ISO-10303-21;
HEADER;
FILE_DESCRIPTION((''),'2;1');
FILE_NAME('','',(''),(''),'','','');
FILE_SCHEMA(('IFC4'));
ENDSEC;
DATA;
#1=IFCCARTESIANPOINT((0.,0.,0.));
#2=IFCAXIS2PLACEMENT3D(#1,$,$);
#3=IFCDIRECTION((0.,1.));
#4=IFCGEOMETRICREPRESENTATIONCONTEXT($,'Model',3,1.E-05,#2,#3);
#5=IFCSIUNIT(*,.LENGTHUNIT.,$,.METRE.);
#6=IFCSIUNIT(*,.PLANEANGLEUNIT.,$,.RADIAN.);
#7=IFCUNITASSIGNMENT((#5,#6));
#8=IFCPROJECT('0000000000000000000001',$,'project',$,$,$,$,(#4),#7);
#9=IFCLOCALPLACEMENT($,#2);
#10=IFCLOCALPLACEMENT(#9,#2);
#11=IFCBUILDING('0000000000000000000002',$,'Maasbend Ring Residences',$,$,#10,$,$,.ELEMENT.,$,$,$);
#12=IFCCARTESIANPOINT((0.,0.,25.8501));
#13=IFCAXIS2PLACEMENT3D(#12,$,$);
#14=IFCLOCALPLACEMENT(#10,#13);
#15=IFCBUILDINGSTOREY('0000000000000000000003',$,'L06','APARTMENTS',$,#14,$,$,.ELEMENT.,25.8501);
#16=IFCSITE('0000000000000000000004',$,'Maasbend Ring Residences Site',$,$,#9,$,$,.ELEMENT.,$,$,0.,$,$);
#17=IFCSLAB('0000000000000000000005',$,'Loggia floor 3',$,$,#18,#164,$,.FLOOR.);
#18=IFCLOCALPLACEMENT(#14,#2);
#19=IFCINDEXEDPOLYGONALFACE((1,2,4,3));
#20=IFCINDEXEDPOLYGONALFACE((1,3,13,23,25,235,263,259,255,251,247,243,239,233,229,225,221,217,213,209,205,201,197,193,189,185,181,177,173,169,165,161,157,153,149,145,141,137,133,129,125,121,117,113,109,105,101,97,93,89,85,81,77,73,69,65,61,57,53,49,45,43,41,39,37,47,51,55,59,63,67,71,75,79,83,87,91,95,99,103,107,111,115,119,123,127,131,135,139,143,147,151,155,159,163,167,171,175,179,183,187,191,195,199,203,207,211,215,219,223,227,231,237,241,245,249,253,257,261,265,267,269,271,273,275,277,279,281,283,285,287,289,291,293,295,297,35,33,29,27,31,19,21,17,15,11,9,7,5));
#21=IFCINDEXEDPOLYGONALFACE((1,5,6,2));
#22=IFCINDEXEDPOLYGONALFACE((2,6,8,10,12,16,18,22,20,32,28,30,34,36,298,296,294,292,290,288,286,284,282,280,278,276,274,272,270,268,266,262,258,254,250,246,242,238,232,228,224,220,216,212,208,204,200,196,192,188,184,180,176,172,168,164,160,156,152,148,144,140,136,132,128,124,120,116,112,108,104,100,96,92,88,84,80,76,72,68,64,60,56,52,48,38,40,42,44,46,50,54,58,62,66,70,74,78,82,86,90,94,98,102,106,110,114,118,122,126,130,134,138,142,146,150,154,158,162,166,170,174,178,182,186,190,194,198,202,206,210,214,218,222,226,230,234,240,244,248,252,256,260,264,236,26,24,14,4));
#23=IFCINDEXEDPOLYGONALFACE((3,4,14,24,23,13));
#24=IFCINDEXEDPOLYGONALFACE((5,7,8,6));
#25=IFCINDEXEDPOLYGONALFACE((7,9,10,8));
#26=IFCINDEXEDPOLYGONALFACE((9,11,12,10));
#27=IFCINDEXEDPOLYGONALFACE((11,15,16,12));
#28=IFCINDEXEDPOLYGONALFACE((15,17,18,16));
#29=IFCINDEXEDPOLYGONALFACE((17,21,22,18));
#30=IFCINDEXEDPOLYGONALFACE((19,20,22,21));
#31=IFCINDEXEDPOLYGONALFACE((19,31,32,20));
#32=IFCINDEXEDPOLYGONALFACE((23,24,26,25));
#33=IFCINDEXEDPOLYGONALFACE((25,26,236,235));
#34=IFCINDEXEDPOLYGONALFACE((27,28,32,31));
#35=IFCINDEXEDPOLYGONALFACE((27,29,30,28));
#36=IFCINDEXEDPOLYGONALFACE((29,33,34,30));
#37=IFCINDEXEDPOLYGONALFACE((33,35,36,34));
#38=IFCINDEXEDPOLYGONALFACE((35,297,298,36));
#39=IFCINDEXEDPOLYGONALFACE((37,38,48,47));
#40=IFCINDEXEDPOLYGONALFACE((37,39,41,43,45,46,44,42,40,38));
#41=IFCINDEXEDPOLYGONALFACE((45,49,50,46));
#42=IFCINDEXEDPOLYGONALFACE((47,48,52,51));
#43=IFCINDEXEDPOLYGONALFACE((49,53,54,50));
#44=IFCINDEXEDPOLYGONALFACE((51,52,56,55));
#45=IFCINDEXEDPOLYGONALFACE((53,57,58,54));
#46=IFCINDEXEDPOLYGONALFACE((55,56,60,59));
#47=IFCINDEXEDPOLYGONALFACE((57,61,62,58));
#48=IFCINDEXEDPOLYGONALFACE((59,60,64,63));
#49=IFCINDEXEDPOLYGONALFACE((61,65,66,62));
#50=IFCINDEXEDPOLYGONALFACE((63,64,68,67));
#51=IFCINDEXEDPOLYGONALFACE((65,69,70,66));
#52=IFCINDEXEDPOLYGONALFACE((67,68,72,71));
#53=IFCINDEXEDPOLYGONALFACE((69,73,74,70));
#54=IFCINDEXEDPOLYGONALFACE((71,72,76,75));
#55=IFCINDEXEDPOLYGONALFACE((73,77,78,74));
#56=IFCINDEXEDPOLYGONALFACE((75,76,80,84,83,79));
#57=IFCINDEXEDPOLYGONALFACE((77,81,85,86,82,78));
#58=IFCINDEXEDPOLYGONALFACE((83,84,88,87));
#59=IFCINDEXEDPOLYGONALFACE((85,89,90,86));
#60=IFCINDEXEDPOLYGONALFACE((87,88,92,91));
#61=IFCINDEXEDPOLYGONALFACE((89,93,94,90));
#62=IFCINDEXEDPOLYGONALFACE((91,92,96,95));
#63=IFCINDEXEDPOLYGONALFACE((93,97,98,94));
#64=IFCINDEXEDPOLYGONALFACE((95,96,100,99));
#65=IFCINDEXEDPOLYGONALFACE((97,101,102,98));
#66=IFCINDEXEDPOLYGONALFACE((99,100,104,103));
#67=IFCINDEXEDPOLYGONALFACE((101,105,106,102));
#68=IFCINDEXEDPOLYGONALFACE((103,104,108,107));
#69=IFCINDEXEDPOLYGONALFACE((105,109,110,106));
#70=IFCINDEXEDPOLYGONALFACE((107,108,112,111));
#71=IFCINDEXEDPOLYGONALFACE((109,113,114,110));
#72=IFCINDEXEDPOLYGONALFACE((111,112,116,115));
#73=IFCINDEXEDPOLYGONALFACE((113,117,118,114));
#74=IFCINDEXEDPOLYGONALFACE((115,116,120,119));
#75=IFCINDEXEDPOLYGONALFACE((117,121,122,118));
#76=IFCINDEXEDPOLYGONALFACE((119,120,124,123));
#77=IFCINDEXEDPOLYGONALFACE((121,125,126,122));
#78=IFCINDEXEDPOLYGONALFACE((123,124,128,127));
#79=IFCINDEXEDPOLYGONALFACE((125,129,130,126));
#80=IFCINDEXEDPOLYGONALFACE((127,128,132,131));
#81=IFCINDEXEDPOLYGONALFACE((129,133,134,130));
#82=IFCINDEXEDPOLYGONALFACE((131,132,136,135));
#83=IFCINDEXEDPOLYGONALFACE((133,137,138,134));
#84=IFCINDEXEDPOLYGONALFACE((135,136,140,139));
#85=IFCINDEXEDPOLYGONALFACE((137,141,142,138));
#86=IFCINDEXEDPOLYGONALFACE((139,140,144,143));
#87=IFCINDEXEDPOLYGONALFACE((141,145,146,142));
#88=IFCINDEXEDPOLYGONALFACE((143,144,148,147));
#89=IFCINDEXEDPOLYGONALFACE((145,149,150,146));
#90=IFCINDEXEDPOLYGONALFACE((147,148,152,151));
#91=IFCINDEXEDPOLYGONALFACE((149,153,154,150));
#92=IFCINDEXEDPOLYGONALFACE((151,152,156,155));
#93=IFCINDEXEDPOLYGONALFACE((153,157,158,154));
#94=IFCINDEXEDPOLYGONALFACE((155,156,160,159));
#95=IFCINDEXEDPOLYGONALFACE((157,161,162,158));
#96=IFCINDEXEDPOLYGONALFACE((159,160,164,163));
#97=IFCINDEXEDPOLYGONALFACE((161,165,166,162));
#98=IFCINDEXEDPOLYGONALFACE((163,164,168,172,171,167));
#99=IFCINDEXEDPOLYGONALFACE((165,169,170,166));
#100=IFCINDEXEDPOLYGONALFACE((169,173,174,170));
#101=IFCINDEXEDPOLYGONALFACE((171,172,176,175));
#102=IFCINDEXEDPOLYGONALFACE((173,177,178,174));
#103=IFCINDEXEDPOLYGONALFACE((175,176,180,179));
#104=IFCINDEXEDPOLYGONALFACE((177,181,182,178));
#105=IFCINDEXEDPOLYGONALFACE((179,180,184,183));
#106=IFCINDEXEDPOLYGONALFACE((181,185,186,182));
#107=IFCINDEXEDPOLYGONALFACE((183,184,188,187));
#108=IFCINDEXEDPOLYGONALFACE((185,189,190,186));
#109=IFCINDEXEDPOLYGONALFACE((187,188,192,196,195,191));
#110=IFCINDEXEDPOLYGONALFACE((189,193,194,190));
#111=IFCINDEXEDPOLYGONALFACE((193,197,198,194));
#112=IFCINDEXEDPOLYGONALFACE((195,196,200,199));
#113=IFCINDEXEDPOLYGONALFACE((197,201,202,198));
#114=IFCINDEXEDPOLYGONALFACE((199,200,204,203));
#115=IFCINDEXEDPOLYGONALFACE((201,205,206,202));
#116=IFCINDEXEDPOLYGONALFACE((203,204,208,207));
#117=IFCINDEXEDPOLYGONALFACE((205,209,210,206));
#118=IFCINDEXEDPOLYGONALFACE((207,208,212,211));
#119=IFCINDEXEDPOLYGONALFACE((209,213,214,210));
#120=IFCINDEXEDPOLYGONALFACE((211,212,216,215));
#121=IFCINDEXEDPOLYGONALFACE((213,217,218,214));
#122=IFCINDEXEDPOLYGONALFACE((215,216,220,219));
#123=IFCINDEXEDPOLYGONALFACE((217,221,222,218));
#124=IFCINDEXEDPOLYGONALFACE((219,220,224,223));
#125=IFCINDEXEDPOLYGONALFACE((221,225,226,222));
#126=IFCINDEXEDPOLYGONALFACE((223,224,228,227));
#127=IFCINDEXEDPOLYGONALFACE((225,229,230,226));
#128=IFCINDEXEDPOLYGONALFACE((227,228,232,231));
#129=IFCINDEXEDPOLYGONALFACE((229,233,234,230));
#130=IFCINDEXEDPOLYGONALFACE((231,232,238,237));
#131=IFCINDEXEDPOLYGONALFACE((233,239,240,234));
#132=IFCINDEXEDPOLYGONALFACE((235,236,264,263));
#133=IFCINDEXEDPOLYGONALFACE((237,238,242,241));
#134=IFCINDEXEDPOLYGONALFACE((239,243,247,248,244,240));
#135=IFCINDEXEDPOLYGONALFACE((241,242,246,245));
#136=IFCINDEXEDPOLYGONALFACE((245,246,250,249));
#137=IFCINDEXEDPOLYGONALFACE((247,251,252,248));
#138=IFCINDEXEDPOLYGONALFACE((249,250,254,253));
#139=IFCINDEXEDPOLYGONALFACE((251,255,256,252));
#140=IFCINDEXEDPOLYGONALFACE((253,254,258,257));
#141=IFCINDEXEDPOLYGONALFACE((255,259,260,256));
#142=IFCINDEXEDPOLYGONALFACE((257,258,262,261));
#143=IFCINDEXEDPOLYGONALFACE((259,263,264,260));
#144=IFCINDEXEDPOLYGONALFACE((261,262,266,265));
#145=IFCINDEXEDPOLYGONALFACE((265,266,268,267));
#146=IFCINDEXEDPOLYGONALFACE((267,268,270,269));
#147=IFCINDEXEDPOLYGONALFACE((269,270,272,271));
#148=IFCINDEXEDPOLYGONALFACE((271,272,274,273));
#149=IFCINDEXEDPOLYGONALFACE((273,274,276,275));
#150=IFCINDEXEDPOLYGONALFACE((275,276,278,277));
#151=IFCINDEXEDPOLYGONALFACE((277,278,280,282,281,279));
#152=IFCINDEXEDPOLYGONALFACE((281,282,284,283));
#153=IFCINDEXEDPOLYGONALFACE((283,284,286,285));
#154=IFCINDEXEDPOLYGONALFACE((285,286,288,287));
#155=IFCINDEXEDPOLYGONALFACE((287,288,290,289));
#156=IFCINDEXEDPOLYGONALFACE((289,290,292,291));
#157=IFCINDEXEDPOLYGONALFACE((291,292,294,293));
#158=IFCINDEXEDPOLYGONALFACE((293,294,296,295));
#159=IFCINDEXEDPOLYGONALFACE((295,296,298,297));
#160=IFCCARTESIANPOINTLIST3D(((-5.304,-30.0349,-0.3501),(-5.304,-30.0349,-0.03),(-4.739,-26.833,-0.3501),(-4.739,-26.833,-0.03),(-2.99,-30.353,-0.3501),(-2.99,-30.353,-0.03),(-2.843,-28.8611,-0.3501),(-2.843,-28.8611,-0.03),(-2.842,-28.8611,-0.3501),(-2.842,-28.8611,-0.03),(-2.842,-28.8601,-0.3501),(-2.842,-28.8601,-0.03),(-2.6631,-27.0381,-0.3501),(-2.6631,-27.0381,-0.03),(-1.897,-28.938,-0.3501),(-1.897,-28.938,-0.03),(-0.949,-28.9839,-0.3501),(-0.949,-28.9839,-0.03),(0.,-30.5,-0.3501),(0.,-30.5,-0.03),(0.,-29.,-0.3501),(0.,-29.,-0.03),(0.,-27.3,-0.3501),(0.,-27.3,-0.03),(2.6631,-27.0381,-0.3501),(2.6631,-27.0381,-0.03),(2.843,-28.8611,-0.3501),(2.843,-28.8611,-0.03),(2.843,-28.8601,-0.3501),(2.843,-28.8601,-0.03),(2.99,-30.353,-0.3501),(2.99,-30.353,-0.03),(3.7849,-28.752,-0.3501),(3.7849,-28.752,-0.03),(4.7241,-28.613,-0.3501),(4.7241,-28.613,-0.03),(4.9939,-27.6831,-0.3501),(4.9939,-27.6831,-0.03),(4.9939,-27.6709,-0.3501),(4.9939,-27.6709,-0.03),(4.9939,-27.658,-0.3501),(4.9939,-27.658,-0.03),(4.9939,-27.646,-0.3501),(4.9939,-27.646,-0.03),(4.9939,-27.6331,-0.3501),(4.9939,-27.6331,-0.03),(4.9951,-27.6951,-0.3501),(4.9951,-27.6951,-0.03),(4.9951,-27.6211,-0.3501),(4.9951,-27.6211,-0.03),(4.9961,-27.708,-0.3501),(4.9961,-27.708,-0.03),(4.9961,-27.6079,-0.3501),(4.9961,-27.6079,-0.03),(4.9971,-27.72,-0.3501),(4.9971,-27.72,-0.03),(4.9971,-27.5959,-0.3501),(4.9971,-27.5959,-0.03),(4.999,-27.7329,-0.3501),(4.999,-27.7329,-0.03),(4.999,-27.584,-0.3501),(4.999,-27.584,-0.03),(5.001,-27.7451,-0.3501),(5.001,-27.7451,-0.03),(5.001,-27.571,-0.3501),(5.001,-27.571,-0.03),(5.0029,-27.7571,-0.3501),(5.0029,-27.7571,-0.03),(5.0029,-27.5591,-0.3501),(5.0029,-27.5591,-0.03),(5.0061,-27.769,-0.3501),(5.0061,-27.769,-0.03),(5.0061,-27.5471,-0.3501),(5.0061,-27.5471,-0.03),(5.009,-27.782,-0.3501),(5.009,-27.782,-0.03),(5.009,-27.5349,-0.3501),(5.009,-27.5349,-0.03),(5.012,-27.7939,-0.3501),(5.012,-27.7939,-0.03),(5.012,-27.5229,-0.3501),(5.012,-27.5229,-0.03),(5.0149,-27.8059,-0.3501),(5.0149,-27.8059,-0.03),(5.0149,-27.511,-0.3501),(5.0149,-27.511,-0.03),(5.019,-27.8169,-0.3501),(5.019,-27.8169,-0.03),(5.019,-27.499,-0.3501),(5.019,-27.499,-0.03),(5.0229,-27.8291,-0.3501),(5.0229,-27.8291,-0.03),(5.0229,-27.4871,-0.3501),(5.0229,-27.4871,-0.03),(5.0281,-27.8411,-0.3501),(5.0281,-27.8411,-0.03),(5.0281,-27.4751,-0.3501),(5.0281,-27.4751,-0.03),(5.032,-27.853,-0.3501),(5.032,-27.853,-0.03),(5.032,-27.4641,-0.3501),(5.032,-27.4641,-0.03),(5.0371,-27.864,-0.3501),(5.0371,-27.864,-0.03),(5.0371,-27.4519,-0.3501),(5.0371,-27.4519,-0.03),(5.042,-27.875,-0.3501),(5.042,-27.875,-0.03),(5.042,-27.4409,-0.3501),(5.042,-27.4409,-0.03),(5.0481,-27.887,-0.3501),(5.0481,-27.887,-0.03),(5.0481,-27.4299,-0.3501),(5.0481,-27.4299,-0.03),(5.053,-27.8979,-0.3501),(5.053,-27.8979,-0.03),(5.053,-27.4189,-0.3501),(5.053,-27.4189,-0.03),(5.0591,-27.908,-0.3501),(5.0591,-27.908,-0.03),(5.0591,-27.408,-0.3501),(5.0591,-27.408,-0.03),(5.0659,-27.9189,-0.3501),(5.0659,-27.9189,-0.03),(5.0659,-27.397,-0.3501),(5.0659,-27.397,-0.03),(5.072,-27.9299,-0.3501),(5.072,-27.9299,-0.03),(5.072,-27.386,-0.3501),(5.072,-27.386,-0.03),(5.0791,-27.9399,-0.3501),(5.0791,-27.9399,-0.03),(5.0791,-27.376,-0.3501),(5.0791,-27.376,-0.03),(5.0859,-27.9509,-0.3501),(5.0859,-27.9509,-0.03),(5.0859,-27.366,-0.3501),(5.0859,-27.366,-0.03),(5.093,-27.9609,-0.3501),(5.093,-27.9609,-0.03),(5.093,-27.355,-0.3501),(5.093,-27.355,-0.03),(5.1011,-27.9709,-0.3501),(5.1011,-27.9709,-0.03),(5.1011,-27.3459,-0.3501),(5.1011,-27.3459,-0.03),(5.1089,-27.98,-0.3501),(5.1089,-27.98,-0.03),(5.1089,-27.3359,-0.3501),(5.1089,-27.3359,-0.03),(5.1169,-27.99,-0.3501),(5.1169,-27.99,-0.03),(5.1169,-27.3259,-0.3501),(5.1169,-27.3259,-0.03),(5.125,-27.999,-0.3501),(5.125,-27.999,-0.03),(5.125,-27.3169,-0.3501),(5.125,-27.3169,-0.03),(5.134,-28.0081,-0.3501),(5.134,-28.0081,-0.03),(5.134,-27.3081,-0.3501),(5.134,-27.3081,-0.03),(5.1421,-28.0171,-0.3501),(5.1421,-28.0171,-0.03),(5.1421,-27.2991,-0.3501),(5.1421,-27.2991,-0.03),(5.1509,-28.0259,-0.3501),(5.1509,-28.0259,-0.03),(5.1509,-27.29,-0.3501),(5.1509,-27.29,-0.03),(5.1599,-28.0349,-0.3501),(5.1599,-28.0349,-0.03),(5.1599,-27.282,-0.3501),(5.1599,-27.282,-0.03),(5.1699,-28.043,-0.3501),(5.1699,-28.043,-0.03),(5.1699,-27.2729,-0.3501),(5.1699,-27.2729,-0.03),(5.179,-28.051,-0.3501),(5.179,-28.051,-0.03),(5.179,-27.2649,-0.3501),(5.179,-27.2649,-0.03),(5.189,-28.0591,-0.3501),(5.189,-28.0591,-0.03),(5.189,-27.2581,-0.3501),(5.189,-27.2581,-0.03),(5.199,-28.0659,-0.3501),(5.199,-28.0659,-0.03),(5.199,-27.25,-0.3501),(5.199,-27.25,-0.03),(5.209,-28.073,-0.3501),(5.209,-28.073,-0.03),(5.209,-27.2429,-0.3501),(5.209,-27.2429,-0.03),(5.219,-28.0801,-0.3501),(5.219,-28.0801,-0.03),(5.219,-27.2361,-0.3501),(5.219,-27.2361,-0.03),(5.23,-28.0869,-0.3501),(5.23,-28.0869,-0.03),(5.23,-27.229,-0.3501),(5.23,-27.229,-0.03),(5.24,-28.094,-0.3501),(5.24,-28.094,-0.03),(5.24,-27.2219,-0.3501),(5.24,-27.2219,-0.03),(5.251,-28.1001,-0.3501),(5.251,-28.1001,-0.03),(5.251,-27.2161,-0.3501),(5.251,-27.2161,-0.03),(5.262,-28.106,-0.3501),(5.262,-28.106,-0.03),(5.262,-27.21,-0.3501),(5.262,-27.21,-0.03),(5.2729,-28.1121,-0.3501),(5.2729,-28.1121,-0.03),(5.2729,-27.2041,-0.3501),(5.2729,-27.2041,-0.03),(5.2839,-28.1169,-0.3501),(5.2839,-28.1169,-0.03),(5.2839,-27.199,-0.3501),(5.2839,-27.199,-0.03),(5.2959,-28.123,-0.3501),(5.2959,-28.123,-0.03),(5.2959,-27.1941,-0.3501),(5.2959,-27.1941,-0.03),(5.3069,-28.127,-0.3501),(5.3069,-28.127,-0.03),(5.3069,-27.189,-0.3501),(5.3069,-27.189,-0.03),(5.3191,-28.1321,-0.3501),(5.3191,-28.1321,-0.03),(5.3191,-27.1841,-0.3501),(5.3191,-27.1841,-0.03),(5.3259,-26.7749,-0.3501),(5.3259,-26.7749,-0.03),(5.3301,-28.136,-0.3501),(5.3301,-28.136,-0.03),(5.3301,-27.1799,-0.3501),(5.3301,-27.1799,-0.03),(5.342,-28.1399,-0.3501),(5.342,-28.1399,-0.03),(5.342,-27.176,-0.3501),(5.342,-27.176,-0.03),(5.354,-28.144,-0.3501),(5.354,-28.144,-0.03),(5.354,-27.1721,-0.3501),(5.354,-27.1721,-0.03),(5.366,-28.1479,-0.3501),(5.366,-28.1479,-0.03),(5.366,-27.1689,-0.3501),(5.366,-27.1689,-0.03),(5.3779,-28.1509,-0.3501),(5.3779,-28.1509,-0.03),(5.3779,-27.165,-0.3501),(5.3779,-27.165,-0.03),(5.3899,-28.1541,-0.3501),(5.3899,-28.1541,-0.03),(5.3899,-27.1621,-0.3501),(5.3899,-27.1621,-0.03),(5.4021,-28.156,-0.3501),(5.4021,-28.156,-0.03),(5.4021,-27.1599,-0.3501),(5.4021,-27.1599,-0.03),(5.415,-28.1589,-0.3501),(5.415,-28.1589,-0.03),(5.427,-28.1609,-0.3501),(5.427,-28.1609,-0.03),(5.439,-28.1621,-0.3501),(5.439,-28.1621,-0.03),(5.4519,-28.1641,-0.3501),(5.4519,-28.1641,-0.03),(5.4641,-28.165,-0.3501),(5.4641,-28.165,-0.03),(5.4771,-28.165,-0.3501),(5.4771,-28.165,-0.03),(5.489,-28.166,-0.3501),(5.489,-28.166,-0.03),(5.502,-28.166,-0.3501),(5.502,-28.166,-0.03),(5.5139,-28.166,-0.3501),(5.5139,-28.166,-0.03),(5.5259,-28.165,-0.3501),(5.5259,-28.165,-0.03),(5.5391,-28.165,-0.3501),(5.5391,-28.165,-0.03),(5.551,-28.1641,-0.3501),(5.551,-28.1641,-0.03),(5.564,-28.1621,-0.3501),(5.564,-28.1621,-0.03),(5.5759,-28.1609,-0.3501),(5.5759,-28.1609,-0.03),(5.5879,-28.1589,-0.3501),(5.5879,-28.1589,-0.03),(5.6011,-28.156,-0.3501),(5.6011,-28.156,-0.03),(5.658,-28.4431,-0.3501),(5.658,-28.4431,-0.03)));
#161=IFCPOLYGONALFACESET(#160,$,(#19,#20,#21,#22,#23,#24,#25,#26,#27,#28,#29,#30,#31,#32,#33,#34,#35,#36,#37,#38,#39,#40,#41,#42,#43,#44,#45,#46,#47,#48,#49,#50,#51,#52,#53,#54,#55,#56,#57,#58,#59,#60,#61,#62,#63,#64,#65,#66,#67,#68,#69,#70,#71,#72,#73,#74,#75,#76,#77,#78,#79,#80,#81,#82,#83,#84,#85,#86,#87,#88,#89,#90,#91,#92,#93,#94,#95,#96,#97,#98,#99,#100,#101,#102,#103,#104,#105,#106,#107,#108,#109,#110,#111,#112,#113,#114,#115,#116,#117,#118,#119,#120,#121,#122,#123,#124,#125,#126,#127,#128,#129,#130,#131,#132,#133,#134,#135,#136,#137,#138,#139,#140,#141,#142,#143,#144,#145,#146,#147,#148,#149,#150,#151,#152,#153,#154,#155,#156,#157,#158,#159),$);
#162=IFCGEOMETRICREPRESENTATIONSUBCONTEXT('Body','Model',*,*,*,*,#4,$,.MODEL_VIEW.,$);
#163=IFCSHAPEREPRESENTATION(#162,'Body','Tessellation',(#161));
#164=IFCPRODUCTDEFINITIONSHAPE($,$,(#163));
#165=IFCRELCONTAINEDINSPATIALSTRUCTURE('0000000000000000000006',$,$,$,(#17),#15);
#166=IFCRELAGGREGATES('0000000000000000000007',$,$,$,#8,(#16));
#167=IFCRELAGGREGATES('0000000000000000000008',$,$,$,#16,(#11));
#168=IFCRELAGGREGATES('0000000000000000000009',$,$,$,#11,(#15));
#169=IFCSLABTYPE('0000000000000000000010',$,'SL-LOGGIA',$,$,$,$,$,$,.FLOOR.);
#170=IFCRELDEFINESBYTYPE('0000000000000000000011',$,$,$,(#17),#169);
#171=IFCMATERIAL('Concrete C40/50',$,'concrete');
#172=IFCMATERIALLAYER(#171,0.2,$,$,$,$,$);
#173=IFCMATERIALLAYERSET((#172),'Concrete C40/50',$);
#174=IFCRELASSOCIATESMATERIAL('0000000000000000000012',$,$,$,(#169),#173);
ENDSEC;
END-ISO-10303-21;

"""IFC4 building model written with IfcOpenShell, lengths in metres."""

from ifc_helpers import new_model, si_unit, direction, frame, origin, place, context, subcontext, project, spatial, polyline, outline, extrude, material, layer, layer_set, type_object, element, save


model = new_model("IFC4")

# Units and contexts
model_context = context("Model", 3, precision=1e-05, world=origin(), true_north=direction((0.0, 1.0)))
body_context = subcontext(model_context, "Body", "Model", "MODEL_VIEW")
ifc_project = project(units=[si_unit("LENGTHUNIT", "METRE"), si_unit("PLANEANGLEUNIT", "RADIAN")], contexts=[model_context])

# Site, building, storey
site_placement = place(None, origin())
site = spatial("IfcSite", under=ifc_project, at=site_placement, Name="Maasbend Ring Residences Site", CompositionType="ELEMENT", RefElevation=0.0)
building_placement = place(site_placement, origin())
building = spatial("IfcBuilding", under=site, at=building_placement, Name="Maasbend Ring Residences", CompositionType="ELEMENT")
storey_placement = place(building_placement, frame((0.0, 0.0, 25.8501)))
storey = spatial("IfcBuildingStorey", under=building, at=storey_placement, Name="L06", Description="APARTMENTS", CompositionType="ELEMENT", Elevation=25.8501)

# Slab
ifc_material_1 = material(Name="Concrete C40/50", Category="concrete")
ifc_layer_1 = layer(ifc_material_1, 0.2)
ifc_layer_set_1 = layer_set([ifc_layer_1], Name="Concrete C40/50")
slab_type_1 = type_object("IfcSlabType", Name="SL-LOGGIA", PredefinedType="FLOOR", material=ifc_layer_set_1)
slab_1_placement = place(storey_placement, frame((0.0, 0.0, -0.3501)))
element("IfcSlab", 1, at=slab_1_placement, inside=storey, type_object=slab_type_1, Name="Loggia floor 3", PredefinedType="FLOOR", context=body_context, shape_type="SweptSolid", body=[
    extrude(outline(polyline([(-2.6631, -27.0381), (0.0, -27.3), (0.0, -27.3), (0.0, -27.3), (2.6631, -27.0381), (5.3259, -26.7749), (5.3259, -26.7749), (5.3259, -26.7749), (5.4021, -27.1599), (5.4021, -27.1599), (5.3899, -27.1621), (5.3779, -27.165), (5.366, -27.1689), (5.354, -27.1721), (5.342, -27.176), (5.3301, -27.1799), (5.3191, -27.1841), (5.3069, -27.189), (5.2959, -27.1941), (5.2839, -27.199), (5.2729, -27.2041), (5.262, -27.21), (5.251, -27.2161), (5.24, -27.2219), (5.23, -27.229), (5.219, -27.2361), (5.209, -27.2429), (5.199, -27.25), (5.189, -27.2581), (5.179, -27.2649), (5.1699, -27.2729), (5.1599, -27.282), (5.1509, -27.29), (5.1421, -27.2991), (5.134, -27.3081), (5.125, -27.3169), (5.1169, -27.3259), (5.1089, -27.3359), (5.1011, -27.3459), (5.093, -27.355), (5.0859, -27.366), (5.0791, -27.376), (5.072, -27.386), (5.0659, -27.397), (5.0591, -27.408), (5.053, -27.4189), (5.0481, -27.4299), (5.042, -27.4409), (5.0371, -27.4519), (5.032, -27.4641), (5.0281, -27.4751), (5.0229, -27.4871), (5.019, -27.499), (5.0149, -27.511), (5.012, -27.5229), (5.009, -27.5349), (5.0061, -27.5471), (5.0029, -27.5591), (5.001, -27.571), (4.999, -27.584), (4.9971, -27.5959), (4.9961, -27.6079), (4.9951, -27.6211), (4.9939, -27.6331), (4.9939, -27.646), (4.9939, -27.658), (4.9939, -27.6709), (4.9939, -27.6831), (4.9951, -27.6951), (4.9961, -27.708), (4.9971, -27.72), (4.999, -27.7329), (5.001, -27.7451), (5.0029, -27.7571), (5.0061, -27.769), (5.009, -27.782), (5.012, -27.7939), (5.0149, -27.8059), (5.019, -27.8169), (5.0229, -27.8291), (5.0281, -27.8411), (5.032, -27.853), (5.0371, -27.864), (5.042, -27.875), (5.0481, -27.887), (5.053, -27.8979), (5.0591, -27.908), (5.0659, -27.9189), (5.072, -27.9299), (5.0791, -27.9399), (5.0859, -27.9509), (5.093, -27.9609), (5.1011, -27.9709), (5.1089, -27.98), (5.1169, -27.99), (5.125, -27.999), (5.134, -28.0081), (5.1421, -28.0171), (5.1509, -28.0259), (5.1599, -28.0349), (5.1699, -28.043), (5.179, -28.051), (5.189, -28.0591), (5.199, -28.0659), (5.209, -28.073), (5.219, -28.0801), (5.23, -28.0869), (5.24, -28.094), (5.251, -28.1001), (5.262, -28.106), (5.2729, -28.1121), (5.2839, -28.1169), (5.2959, -28.123), (5.3069, -28.127), (5.3191, -28.1321), (5.3301, -28.136), (5.342, -28.1399), (5.354, -28.144), (5.366, -28.1479), (5.3779, -28.1509), (5.3899, -28.1541), (5.4021, -28.156), (5.415, -28.1589), (5.427, -28.1609), (5.439, -28.1621), (5.4519, -28.1641), (5.4641, -28.165), (5.4771, -28.165), (5.489, -28.166), (5.502, -28.166), (5.5139, -28.166), (5.5259, -28.165), (5.5391, -28.165), (5.551, -28.1641), (5.564, -28.1621), (5.5759, -28.1609), (5.5879, -28.1589), (5.6011, -28.156), (5.6011, -28.156), (5.658, -28.4431), (5.658, -28.4431), (5.658, -28.4431), (4.7241, -28.613), (4.7241, -28.613), (3.7849, -28.752), (3.7849, -28.752), (2.843, -28.8601), (2.843, -28.8601), (2.843, -28.8601), (2.843, -28.8601), (2.843, -28.8601), (2.843, -28.8601), (2.843, -28.8601), (2.843, -28.8601), (2.843, -28.8601), (2.843, -28.8611), (2.843, -28.8611), (2.843, -28.8611), (2.843, -28.8611), (2.843, -28.8611), (2.843, -28.8611), (2.843, -28.8611), (2.843, -28.8611), (2.99, -30.353), (2.99, -30.353), (2.99, -30.353), (0.0, -30.5), (0.0, -30.5), (0.0, -30.5), (0.0, -29.0), (0.0, -29.0), (0.0, -29.0), (0.0, -29.0), (0.0, -29.0), (0.0, -29.0), (0.0, -29.0), (0.0, -29.0), (0.0, -29.0), (0.0, -29.0), (0.0, -29.0), (0.0, -29.0), (0.0, -29.0), (0.0, -29.0), (0.0, -29.0), (0.0, -29.0), (0.0, -29.0), (-0.949, -28.9839), (-0.949, -28.9839), (-1.897, -28.938), (-1.897, -28.938), (-2.842, -28.8601), (-2.842, -28.8601), (-2.842, -28.8601), (-2.842, -28.8601), (-2.842, -28.8601), (-2.842, -28.8601), (-2.842, -28.8601), (-2.842, -28.8601), (-2.842, -28.8611), (-2.842, -28.8611), (-2.842, -28.8611), (-2.842, -28.8611), (-2.842, -28.8611), (-2.843, -28.8611), (-2.843, -28.8611), (-2.843, -28.8611), (-2.843, -28.8611), (-2.99, -30.353), (-2.99, -30.353), (-2.99, -30.353), (-5.304, -30.0349), (-5.304, -30.0349), (-5.304, -30.0349), (-4.739, -26.833), (-4.739, -26.833), (-4.739, -26.833), (-2.6631, -27.0381)])), origin(), (0.0, 0.0, 1.0), 0.3201),
])

save(model, "model.ifc")
